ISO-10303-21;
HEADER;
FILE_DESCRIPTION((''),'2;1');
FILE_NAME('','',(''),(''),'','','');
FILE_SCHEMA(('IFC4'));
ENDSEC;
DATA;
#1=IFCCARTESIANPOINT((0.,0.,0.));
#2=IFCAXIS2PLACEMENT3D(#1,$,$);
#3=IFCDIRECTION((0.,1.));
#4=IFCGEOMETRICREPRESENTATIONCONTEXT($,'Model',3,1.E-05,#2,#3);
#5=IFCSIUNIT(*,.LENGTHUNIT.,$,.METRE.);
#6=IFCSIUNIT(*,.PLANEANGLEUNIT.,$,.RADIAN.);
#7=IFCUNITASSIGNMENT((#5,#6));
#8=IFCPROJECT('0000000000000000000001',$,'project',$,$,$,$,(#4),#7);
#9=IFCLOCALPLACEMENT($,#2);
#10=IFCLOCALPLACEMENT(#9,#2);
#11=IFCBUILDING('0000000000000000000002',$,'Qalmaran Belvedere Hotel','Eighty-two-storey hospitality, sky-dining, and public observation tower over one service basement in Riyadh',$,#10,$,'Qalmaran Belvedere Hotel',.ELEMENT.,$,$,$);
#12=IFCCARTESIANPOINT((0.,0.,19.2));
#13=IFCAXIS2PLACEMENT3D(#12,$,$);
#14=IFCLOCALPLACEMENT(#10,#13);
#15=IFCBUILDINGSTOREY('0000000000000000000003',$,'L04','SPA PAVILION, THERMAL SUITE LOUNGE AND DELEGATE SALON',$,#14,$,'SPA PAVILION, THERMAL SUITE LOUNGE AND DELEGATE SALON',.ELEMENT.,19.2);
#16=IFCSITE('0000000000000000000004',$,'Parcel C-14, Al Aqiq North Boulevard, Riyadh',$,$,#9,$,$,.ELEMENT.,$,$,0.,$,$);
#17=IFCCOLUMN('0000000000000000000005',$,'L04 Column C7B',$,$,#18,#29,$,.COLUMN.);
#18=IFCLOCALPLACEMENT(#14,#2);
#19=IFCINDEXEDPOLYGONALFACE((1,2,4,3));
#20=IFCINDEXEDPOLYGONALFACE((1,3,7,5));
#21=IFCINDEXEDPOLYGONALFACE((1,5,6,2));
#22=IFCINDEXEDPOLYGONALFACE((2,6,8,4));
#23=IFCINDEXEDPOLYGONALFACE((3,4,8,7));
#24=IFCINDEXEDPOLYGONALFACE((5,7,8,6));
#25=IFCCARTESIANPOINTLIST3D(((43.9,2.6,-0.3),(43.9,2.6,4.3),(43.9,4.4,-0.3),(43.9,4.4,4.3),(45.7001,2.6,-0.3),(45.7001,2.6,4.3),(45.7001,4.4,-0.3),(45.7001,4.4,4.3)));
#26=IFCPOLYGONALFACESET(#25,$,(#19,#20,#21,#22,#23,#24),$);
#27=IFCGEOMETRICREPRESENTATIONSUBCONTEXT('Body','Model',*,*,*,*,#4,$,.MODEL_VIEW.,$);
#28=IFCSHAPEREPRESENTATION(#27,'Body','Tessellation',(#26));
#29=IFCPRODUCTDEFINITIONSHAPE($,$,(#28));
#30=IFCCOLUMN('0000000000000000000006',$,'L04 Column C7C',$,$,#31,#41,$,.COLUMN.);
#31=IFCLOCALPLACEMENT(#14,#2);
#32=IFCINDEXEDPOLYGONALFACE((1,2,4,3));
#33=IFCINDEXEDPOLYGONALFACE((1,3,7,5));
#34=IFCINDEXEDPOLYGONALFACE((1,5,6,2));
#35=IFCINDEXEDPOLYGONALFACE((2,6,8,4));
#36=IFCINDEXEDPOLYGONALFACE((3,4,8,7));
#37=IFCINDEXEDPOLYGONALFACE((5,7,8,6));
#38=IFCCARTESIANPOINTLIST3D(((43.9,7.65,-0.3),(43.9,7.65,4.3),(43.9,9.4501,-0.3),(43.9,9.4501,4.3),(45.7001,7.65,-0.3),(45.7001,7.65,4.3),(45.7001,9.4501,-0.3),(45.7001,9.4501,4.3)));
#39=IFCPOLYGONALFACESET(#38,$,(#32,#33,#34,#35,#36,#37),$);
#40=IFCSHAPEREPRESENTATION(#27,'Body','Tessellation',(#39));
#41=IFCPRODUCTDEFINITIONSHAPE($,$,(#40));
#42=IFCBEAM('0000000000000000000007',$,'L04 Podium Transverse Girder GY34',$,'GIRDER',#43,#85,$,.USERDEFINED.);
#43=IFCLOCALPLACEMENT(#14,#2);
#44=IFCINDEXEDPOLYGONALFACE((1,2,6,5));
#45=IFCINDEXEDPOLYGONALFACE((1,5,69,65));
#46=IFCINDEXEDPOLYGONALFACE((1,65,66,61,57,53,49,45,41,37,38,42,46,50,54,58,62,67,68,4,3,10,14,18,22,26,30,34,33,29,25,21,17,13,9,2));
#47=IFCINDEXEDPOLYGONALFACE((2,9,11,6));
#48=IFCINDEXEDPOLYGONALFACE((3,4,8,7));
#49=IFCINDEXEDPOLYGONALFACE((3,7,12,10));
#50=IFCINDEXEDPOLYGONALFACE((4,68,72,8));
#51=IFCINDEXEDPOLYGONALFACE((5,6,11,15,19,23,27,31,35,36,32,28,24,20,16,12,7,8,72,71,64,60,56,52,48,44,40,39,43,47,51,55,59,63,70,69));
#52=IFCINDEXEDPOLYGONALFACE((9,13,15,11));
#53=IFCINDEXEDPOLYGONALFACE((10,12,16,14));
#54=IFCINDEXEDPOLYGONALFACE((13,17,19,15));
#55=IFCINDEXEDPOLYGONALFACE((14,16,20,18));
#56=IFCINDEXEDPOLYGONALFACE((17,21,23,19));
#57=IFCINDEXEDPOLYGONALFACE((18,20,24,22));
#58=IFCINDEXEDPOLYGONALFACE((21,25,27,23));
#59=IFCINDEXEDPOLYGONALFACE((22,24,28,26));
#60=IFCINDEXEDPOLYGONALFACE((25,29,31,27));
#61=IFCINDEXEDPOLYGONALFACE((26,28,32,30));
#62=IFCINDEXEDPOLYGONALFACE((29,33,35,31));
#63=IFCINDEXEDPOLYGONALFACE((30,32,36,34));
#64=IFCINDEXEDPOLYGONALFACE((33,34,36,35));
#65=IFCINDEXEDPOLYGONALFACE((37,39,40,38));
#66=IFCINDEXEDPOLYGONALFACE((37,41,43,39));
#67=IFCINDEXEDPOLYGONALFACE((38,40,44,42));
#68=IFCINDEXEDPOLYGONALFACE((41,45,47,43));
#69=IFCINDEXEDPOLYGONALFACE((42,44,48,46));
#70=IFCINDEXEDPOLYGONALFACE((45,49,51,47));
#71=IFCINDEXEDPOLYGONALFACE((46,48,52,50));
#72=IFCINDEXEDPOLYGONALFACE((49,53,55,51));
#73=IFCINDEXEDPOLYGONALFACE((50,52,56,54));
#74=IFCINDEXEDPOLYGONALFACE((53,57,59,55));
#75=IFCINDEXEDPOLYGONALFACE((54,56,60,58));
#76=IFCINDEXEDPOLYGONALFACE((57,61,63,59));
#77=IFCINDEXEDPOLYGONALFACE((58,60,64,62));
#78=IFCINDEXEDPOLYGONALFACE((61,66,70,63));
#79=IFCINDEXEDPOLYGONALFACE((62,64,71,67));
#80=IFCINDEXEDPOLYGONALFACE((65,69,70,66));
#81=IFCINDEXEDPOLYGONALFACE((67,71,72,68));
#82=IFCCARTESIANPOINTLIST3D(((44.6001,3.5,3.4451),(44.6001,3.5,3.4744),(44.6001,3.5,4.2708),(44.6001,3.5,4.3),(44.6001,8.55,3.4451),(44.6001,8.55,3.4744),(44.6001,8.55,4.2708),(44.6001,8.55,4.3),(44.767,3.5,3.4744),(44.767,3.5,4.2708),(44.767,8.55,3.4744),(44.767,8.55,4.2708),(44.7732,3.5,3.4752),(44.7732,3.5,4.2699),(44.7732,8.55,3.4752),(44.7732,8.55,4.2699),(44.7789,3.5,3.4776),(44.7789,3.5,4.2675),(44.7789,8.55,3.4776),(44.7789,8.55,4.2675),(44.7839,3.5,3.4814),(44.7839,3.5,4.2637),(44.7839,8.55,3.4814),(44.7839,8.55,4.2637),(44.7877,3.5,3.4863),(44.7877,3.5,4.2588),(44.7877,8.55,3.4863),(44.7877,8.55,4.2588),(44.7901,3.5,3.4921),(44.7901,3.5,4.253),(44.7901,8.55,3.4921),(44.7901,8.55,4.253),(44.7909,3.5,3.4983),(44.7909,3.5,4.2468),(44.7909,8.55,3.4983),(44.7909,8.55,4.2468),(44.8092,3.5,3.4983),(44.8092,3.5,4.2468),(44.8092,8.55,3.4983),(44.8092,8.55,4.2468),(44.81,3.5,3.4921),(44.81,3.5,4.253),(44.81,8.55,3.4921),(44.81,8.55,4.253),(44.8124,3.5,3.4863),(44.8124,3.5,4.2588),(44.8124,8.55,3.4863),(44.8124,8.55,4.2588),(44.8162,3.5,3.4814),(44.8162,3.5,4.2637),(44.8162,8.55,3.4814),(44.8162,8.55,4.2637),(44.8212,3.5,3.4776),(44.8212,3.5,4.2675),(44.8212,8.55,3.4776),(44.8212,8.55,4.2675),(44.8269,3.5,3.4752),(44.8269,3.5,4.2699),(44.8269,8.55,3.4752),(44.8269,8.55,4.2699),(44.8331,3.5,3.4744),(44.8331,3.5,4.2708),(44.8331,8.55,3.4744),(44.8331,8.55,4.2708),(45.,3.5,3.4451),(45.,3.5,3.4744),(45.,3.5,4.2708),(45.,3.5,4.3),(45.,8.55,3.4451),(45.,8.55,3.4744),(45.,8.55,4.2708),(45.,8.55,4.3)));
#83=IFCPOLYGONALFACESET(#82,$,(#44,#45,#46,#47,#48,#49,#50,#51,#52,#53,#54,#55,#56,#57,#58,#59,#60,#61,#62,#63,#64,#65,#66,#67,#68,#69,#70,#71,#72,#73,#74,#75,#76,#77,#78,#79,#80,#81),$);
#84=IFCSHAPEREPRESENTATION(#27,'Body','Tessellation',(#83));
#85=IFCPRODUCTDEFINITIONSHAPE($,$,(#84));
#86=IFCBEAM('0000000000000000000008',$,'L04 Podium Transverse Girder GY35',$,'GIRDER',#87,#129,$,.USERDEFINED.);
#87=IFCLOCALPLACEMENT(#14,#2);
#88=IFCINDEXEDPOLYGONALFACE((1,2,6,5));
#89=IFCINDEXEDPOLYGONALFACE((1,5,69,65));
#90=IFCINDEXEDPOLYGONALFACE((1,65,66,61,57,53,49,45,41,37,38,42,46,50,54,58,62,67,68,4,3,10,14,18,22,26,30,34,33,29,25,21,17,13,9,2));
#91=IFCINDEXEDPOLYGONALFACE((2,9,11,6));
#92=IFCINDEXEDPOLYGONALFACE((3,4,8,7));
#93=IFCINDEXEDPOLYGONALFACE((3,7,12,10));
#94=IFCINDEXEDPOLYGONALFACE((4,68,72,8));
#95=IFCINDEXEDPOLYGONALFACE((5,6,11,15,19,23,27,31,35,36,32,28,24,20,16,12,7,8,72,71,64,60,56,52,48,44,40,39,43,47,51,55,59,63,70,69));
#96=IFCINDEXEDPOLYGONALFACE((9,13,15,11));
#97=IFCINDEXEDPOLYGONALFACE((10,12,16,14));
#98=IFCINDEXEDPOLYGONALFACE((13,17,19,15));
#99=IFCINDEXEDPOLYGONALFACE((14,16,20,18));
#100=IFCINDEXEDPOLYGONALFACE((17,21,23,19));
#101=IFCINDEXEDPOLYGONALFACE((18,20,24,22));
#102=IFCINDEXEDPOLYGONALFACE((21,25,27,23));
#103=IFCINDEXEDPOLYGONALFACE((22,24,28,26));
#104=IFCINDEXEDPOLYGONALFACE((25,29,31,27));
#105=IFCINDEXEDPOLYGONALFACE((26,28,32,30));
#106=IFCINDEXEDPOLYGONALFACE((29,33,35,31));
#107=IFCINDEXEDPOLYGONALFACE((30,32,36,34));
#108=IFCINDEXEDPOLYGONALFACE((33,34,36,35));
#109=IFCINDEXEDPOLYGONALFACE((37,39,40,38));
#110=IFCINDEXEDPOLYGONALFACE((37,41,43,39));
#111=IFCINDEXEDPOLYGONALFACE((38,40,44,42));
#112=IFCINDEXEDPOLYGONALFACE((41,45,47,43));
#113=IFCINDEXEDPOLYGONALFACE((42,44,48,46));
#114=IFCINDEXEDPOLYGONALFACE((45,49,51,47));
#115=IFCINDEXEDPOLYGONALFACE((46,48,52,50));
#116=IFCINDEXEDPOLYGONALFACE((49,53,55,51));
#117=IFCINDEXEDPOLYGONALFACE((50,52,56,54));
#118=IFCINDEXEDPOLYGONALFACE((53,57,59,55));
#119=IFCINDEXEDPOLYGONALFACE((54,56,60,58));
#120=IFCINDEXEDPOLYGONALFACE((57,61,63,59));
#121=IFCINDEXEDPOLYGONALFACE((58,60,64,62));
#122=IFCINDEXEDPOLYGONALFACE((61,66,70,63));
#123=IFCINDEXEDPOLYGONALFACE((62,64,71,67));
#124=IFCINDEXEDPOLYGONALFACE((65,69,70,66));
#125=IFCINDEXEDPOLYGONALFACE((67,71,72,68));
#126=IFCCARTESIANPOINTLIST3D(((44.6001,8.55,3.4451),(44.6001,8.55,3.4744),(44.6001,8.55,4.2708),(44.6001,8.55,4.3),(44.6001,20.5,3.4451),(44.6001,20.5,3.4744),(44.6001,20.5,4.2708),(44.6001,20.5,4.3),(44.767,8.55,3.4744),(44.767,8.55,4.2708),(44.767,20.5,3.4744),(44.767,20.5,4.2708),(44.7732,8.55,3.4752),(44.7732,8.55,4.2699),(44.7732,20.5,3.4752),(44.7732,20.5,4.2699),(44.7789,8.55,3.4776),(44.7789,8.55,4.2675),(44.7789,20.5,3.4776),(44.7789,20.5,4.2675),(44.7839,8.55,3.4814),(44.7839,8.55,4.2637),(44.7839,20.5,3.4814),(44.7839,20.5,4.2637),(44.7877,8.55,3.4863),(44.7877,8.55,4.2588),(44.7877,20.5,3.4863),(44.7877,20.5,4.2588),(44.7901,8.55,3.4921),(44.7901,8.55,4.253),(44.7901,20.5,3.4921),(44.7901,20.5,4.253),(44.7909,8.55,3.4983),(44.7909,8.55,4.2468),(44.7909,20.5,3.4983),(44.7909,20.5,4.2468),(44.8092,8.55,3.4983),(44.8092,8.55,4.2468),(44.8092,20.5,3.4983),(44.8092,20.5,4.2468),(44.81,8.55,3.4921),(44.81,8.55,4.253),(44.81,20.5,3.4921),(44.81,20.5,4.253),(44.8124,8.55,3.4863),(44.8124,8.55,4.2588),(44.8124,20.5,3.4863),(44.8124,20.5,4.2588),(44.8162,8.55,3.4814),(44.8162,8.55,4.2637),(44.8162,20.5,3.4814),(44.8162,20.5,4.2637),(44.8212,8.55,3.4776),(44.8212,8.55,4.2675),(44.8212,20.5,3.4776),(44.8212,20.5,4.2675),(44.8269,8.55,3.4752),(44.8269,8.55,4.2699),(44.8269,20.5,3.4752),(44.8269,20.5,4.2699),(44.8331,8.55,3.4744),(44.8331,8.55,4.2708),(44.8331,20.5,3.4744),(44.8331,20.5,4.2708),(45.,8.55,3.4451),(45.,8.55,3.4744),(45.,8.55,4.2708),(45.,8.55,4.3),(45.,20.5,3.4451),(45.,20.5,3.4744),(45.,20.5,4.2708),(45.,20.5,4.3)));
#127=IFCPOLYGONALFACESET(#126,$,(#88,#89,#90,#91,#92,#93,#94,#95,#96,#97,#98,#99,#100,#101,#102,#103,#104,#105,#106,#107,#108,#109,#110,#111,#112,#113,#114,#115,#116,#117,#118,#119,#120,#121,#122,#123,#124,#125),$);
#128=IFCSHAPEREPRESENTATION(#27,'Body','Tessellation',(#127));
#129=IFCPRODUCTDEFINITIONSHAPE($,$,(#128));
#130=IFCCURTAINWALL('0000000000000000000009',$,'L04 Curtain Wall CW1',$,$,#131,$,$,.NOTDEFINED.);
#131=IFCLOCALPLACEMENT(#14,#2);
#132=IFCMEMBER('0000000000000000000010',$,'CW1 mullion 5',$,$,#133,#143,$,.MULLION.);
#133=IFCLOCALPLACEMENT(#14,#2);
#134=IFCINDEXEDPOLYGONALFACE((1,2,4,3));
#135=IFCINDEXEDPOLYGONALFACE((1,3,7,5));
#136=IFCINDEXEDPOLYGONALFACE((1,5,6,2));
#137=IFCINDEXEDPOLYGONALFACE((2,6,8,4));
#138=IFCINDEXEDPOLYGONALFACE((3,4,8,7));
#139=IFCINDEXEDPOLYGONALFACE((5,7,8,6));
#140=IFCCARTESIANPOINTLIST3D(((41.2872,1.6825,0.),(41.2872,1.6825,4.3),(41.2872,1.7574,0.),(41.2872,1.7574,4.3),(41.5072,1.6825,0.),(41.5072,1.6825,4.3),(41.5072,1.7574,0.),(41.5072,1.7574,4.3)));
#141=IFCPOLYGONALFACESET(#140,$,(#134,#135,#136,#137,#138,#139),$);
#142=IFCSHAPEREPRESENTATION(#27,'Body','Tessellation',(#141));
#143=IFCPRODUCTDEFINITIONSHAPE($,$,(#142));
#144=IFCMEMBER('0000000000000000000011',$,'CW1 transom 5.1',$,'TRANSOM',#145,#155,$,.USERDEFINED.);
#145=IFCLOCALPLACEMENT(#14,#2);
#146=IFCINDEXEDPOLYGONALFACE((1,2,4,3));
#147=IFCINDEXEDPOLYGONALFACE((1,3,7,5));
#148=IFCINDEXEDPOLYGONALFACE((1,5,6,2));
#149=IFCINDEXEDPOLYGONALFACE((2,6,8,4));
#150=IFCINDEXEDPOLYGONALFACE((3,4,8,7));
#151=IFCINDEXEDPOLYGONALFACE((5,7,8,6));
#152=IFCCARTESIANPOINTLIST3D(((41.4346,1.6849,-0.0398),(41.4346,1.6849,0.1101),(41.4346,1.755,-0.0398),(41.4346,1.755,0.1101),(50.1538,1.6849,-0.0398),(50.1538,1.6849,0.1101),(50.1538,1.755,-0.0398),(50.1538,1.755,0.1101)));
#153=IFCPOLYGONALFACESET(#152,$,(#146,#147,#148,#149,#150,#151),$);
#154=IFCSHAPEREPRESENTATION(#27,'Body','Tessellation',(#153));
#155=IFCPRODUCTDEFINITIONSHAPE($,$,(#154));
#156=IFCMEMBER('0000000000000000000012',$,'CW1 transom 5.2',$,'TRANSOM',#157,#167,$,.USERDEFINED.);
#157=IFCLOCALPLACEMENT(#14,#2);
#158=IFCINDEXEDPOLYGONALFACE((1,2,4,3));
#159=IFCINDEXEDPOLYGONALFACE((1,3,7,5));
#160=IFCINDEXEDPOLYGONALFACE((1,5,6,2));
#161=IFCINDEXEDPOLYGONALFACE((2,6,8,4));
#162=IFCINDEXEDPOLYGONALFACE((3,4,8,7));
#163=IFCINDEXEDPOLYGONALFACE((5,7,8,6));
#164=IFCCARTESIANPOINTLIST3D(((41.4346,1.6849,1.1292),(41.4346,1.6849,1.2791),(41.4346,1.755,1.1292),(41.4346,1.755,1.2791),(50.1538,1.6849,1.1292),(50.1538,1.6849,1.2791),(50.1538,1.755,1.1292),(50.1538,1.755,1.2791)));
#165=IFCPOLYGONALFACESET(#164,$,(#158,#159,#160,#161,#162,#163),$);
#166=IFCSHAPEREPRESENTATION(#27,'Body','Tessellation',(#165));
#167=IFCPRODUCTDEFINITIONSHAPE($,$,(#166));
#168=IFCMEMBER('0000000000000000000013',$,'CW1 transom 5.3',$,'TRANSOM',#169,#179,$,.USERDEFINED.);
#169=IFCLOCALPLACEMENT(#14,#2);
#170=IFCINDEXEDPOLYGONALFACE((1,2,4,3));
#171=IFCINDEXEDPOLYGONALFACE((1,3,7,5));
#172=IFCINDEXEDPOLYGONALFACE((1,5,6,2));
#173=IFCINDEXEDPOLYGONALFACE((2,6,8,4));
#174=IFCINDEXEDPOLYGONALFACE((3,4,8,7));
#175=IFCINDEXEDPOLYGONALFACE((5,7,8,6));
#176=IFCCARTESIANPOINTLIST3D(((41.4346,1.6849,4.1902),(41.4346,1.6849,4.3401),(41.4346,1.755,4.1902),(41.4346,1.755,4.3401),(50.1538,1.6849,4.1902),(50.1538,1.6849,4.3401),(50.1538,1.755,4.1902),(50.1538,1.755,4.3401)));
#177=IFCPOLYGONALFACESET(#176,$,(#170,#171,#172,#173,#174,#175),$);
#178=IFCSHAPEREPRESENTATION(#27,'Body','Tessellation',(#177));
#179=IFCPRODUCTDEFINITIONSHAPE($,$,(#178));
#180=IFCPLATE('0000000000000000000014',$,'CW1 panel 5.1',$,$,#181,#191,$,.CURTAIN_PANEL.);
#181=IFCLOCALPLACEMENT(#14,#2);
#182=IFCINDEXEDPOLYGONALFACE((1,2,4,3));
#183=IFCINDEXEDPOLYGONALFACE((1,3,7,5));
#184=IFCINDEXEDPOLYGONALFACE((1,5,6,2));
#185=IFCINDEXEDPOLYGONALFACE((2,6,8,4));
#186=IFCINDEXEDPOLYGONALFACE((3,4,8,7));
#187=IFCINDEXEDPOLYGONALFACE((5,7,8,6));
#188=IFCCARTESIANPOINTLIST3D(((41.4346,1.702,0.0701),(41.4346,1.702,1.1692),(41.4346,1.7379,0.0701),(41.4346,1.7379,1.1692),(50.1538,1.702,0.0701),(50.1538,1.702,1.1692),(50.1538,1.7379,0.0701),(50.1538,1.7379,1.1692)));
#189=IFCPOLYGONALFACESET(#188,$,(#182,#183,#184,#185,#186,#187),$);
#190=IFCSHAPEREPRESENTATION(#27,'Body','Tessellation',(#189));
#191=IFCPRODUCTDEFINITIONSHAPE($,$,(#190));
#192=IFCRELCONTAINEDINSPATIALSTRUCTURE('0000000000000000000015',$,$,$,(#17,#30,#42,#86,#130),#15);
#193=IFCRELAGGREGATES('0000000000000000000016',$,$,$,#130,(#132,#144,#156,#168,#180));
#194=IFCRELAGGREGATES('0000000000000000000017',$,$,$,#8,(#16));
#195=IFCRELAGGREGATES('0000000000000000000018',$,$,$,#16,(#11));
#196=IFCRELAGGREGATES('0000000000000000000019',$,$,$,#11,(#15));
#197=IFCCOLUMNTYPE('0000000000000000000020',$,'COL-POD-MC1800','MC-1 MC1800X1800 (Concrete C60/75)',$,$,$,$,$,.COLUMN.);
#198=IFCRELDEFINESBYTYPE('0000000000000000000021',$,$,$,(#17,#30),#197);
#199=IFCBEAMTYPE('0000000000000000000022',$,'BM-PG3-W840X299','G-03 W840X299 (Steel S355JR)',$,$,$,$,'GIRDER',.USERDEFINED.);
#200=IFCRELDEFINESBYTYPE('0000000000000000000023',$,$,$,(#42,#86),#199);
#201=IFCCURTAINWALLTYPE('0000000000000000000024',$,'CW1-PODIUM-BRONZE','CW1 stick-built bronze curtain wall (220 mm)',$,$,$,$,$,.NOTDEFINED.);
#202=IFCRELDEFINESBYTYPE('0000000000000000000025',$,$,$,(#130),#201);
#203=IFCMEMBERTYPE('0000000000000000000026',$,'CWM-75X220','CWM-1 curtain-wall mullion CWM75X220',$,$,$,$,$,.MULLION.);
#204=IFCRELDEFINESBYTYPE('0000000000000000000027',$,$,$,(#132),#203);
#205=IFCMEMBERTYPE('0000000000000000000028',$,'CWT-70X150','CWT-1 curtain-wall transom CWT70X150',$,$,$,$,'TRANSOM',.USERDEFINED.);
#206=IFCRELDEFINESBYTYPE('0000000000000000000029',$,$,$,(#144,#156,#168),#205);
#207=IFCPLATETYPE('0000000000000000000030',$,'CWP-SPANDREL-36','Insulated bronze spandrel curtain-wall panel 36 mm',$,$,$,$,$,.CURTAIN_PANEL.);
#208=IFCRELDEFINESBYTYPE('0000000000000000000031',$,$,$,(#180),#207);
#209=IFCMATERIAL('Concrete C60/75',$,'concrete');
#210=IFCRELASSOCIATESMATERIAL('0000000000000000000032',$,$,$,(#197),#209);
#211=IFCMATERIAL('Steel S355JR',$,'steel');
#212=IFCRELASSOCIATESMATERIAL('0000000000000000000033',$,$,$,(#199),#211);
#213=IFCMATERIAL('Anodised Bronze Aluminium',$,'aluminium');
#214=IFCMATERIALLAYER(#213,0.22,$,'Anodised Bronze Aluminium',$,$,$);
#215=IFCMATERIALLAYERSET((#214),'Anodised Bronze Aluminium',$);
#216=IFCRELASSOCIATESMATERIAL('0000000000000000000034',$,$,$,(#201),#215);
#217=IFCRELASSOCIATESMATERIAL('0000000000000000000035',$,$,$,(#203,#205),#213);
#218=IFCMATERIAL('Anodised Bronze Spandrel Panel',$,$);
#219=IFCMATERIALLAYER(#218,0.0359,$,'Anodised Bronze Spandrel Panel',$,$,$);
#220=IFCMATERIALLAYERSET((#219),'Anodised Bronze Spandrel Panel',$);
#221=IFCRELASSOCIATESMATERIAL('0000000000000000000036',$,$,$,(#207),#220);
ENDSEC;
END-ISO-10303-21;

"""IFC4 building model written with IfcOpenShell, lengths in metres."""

from ifc_helpers import new_model, si_unit, direction, frame, origin, origin_2d, place, context, subcontext, project, spatial, rectangle, i_section, extrude, material, layer, layer_set, material_profile, profile_set, type_object, element, aggregate, save


model = new_model("IFC4")

# Units and contexts
model_context = context("Model", 3, precision=1e-05, world=origin(), true_north=direction((0.0, 1.0)))
body_context = subcontext(model_context, "Body", "Model", "MODEL_VIEW")
ifc_project = project(units=[si_unit("LENGTHUNIT", "METRE"), si_unit("PLANEANGLEUNIT", "RADIAN")], contexts=[model_context])

# Site, building, storey
site_placement = place(None, origin())
site = spatial("IfcSite", under=ifc_project, at=site_placement, Name="Parcel C-14, Al Aqiq North Boulevard, Riyadh", CompositionType="ELEMENT", RefElevation=0.0)
building_placement = place(site_placement, origin())
building = spatial("IfcBuilding", under=site, at=building_placement, Name="Qalmaran Belvedere Hotel", Description="Eighty-two-storey hospitality, sky-dining, and public observation tower over one service basement in Riyadh", LongName="Qalmaran Belvedere Hotel", CompositionType="ELEMENT")
storey_placement = place(building_placement, frame((0.0, 0.0, 19.2)))
storey = spatial("IfcBuildingStorey", under=building, at=storey_placement, Name="L04", Description="SPA PAVILION, THERMAL SUITE LOUNGE AND DELEGATE SALON", LongName="SPA PAVILION, THERMAL SUITE LOUNGE AND DELEGATE SALON", CompositionType="ELEMENT", Elevation=19.2)

# Columns
ifc_material_1 = material(Name="Concrete C60/75", Category="concrete")
ifc_material_profile_1 = material_profile(ifc_material_1, rectangle(XDim=1.8, YDim=1.8, at=origin_2d()), Name="MC1800X1800")
ifc_profile_set_1 = profile_set([ifc_material_profile_1], Name="Concrete C60/75")
column_type = type_object("IfcColumnType", Name="COL-POD-MC1800", Description="MC-1 MC1800X1800 (Concrete C60/75)", PredefinedType="COLUMN", material=ifc_profile_set_1)
for number, where, z_axis, x_axis, name in (
    (1, (44.8, 3.5, -0.3), (0.0, 0.0, 1.0), (1.0, 0.0, 0.0), "L04 Column C7B"),
    (2, (44.8, 8.55, -0.3), (0.0, 0.0, 1.0), (1.0, 0.0, 0.0), "L04 Column C7C"),
):
    element("IfcColumn", number, at=place(storey_placement, frame(where, z_axis=z_axis, x_axis=x_axis)), inside=storey, type_object=column_type, Name=name, PredefinedType="COLUMN", context=body_context, shape_type="SweptSolid", body=[
        extrude(rectangle(XDim=1.8, YDim=1.8, at=origin_2d()), origin(), (0.0, 0.0, 1.0), 4.6001),
    ])

# Beams
ifc_material_2 = material(Name="Steel S355JR", Category="steel")
ifc_material_profile_2 = material_profile(ifc_material_2, i_section(OverallWidth=0.3999, OverallDepth=0.855, WebThickness=0.0183, FlangeThickness=0.0293, FilletRadius=0.0239, at=origin_2d()), Name="W840X299")
ifc_profile_set_2 = profile_set([ifc_material_profile_2], Name="Steel S355JR")
beam_type = type_object("IfcBeamType", Name="BM-PG3-W840X299", Description="G-03 W840X299 (Steel S355JR)", ElementType="GIRDER", PredefinedType="USERDEFINED", material=ifc_profile_set_2)
beam_1_placement = place(storey_placement, frame((44.8, 3.5, 3.8726), z_axis=(0.0, 1.0, 0.0), x_axis=(-1.0, 0.0, 0.0)))
element("IfcBeam", 3, at=beam_1_placement, inside=storey, type_object=beam_type, Name="L04 Podium Transverse Girder GY34", ObjectType="GIRDER", PredefinedType="USERDEFINED", context=body_context, shape_type="SweptSolid", body=[
    extrude(i_section(OverallWidth=0.3999, OverallDepth=0.855, WebThickness=0.0183, FlangeThickness=0.0293, FilletRadius=0.0239, at=origin_2d()), origin(), (0.0, 0.0, 1.0), 5.05),
])
beam_2_placement = place(storey_placement, frame((44.8, 8.55, 3.8726), z_axis=(0.0, 1.0, 0.0), x_axis=(-1.0, 0.0, 0.0)))
element("IfcBeam", 4, at=beam_2_placement, inside=storey, type_object=beam_type, Name="L04 Podium Transverse Girder GY35", ObjectType="GIRDER", PredefinedType="USERDEFINED", context=body_context, shape_type="SweptSolid", body=[
    extrude(i_section(OverallWidth=0.3999, OverallDepth=0.855, WebThickness=0.0183, FlangeThickness=0.0293, FilletRadius=0.0239, at=origin_2d()), origin(), (0.0, 0.0, 1.0), 11.95),
])

# Curtain wall, members, plate
ifc_material_3 = material(Name="Anodised Bronze Aluminium", Category="aluminium")
ifc_layer_1 = layer(ifc_material_3, 0.22, Name="Anodised Bronze Aluminium")
ifc_layer_set_1 = layer_set([ifc_layer_1], Name="Anodised Bronze Aluminium")
curtain_wall_type = type_object("IfcCurtainWallType", Name="CW1-PODIUM-BRONZE", Description="CW1 stick-built bronze curtain wall (220 mm)", PredefinedType="NOTDEFINED", material=ifc_layer_set_1)
curtain_wall_placement = place(storey_placement, origin())
curtain_wall = element("IfcCurtainWall", 5, at=curtain_wall_placement, inside=storey, type_object=curtain_wall_type, Name="L04 Curtain Wall CW1", PredefinedType="NOTDEFINED")
ifc_material_profile_3 = material_profile(ifc_material_3, rectangle(XDim=0.075, YDim=0.22, at=origin_2d()), Name="CWM75X220")
ifc_profile_set_3 = profile_set([ifc_material_profile_3], Name="Anodised Bronze Aluminium")
member_type_1 = type_object("IfcMemberType", Name="CWM-75X220", Description="CWM-1 curtain-wall mullion CWM75X220", PredefinedType="MULLION", material=ifc_profile_set_3)
member_1_placement = place(storey_placement, frame((41.3972, 1.72, 0.0), z_axis=(0.0, 0.0, 1.0), x_axis=(0.0, 1.0, 0.0)))
member_1 = element("IfcMember", 6, at=member_1_placement, type_object=member_type_1, Name="CW1 mullion 5", PredefinedType="MULLION", context=body_context, shape_type="SweptSolid", body=[
    extrude(rectangle(XDim=0.075, YDim=0.22, at=origin_2d()), origin(), (0.0, 0.0, 1.0), 4.3),
])
ifc_material_profile_4 = material_profile(ifc_material_3, rectangle(XDim=0.0701, YDim=0.1499, at=origin_2d()), Name="CWT70X150")
ifc_profile_set_4 = profile_set([ifc_material_profile_4], Name="Anodised Bronze Aluminium")
member_type_2 = type_object("IfcMemberType", Name="CWT-70X150", Description="CWT-1 curtain-wall transom CWT70X150", ElementType="TRANSOM", PredefinedType="USERDEFINED", material=ifc_profile_set_4)
member_2_placement = place(storey_placement, frame((41.4346, 1.72, 0.0352), z_axis=(1.0, 0.0, 0.0), x_axis=(0.0, 1.0, 0.0)))
member_2 = element("IfcMember", 7, at=member_2_placement, type_object=member_type_2, Name="CW1 transom 5.1", ObjectType="TRANSOM", PredefinedType="USERDEFINED", context=body_context, shape_type="SweptSolid", body=[
    extrude(rectangle(XDim=0.0701, YDim=0.1499, at=origin_2d()), origin(), (0.0, 0.0, 1.0), 8.7192),
])
member_3_placement = place(storey_placement, frame((41.4346, 1.72, 1.2041), z_axis=(1.0, 0.0, 0.0), x_axis=(0.0, 1.0, 0.0)))
member_3 = element("IfcMember", 8, at=member_3_placement, type_object=member_type_2, Name="CW1 transom 5.2", ObjectType="TRANSOM", PredefinedType="USERDEFINED", context=body_context, shape_type="SweptSolid", body=[
    extrude(rectangle(XDim=0.0701, YDim=0.1499, at=origin_2d()), origin(), (0.0, 0.0, 1.0), 8.7192),
])
member_4_placement = place(storey_placement, frame((41.4346, 1.72, 4.2651), z_axis=(1.0, 0.0, 0.0), x_axis=(0.0, 1.0, 0.0)))
member_4 = element("IfcMember", 9, at=member_4_placement, type_object=member_type_2, Name="CW1 transom 5.3", ObjectType="TRANSOM", PredefinedType="USERDEFINED", context=body_context, shape_type="SweptSolid", body=[
    extrude(rectangle(XDim=0.0701, YDim=0.1499, at=origin_2d()), origin(), (0.0, 0.0, 1.0), 8.7192),
])
ifc_material_4 = material(Name="Anodised Bronze Spandrel Panel")
ifc_layer_2 = layer(ifc_material_4, 0.0359, Name="Anodised Bronze Spandrel Panel")
ifc_layer_set_2 = layer_set([ifc_layer_2], Name="Anodised Bronze Spandrel Panel")
plate_type_1 = type_object("IfcPlateType", Name="CWP-SPANDREL-36", Description="Insulated bronze spandrel curtain-wall panel 36 mm", PredefinedType="CURTAIN_PANEL", material=ifc_layer_set_2)
plate_1_placement = place(storey_placement, frame((45.7942, 1.72, 0.0701), z_axis=(0.0, 0.0, 1.0), x_axis=(1.0, 0.0, 0.0)))
plate_1 = element("IfcPlate", 10, at=plate_1_placement, type_object=plate_type_1, Name="CW1 panel 5.1", PredefinedType="CURTAIN_PANEL", context=body_context, shape_type="SweptSolid", body=[
    extrude(rectangle(XDim=8.7192, YDim=0.0359, at=origin_2d()), origin(), (0.0, 0.0, 1.0), 1.0991),
])
aggregate(curtain_wall, [member_1, member_2, member_3, member_4, plate_1])

save(model, "model.ifc")
